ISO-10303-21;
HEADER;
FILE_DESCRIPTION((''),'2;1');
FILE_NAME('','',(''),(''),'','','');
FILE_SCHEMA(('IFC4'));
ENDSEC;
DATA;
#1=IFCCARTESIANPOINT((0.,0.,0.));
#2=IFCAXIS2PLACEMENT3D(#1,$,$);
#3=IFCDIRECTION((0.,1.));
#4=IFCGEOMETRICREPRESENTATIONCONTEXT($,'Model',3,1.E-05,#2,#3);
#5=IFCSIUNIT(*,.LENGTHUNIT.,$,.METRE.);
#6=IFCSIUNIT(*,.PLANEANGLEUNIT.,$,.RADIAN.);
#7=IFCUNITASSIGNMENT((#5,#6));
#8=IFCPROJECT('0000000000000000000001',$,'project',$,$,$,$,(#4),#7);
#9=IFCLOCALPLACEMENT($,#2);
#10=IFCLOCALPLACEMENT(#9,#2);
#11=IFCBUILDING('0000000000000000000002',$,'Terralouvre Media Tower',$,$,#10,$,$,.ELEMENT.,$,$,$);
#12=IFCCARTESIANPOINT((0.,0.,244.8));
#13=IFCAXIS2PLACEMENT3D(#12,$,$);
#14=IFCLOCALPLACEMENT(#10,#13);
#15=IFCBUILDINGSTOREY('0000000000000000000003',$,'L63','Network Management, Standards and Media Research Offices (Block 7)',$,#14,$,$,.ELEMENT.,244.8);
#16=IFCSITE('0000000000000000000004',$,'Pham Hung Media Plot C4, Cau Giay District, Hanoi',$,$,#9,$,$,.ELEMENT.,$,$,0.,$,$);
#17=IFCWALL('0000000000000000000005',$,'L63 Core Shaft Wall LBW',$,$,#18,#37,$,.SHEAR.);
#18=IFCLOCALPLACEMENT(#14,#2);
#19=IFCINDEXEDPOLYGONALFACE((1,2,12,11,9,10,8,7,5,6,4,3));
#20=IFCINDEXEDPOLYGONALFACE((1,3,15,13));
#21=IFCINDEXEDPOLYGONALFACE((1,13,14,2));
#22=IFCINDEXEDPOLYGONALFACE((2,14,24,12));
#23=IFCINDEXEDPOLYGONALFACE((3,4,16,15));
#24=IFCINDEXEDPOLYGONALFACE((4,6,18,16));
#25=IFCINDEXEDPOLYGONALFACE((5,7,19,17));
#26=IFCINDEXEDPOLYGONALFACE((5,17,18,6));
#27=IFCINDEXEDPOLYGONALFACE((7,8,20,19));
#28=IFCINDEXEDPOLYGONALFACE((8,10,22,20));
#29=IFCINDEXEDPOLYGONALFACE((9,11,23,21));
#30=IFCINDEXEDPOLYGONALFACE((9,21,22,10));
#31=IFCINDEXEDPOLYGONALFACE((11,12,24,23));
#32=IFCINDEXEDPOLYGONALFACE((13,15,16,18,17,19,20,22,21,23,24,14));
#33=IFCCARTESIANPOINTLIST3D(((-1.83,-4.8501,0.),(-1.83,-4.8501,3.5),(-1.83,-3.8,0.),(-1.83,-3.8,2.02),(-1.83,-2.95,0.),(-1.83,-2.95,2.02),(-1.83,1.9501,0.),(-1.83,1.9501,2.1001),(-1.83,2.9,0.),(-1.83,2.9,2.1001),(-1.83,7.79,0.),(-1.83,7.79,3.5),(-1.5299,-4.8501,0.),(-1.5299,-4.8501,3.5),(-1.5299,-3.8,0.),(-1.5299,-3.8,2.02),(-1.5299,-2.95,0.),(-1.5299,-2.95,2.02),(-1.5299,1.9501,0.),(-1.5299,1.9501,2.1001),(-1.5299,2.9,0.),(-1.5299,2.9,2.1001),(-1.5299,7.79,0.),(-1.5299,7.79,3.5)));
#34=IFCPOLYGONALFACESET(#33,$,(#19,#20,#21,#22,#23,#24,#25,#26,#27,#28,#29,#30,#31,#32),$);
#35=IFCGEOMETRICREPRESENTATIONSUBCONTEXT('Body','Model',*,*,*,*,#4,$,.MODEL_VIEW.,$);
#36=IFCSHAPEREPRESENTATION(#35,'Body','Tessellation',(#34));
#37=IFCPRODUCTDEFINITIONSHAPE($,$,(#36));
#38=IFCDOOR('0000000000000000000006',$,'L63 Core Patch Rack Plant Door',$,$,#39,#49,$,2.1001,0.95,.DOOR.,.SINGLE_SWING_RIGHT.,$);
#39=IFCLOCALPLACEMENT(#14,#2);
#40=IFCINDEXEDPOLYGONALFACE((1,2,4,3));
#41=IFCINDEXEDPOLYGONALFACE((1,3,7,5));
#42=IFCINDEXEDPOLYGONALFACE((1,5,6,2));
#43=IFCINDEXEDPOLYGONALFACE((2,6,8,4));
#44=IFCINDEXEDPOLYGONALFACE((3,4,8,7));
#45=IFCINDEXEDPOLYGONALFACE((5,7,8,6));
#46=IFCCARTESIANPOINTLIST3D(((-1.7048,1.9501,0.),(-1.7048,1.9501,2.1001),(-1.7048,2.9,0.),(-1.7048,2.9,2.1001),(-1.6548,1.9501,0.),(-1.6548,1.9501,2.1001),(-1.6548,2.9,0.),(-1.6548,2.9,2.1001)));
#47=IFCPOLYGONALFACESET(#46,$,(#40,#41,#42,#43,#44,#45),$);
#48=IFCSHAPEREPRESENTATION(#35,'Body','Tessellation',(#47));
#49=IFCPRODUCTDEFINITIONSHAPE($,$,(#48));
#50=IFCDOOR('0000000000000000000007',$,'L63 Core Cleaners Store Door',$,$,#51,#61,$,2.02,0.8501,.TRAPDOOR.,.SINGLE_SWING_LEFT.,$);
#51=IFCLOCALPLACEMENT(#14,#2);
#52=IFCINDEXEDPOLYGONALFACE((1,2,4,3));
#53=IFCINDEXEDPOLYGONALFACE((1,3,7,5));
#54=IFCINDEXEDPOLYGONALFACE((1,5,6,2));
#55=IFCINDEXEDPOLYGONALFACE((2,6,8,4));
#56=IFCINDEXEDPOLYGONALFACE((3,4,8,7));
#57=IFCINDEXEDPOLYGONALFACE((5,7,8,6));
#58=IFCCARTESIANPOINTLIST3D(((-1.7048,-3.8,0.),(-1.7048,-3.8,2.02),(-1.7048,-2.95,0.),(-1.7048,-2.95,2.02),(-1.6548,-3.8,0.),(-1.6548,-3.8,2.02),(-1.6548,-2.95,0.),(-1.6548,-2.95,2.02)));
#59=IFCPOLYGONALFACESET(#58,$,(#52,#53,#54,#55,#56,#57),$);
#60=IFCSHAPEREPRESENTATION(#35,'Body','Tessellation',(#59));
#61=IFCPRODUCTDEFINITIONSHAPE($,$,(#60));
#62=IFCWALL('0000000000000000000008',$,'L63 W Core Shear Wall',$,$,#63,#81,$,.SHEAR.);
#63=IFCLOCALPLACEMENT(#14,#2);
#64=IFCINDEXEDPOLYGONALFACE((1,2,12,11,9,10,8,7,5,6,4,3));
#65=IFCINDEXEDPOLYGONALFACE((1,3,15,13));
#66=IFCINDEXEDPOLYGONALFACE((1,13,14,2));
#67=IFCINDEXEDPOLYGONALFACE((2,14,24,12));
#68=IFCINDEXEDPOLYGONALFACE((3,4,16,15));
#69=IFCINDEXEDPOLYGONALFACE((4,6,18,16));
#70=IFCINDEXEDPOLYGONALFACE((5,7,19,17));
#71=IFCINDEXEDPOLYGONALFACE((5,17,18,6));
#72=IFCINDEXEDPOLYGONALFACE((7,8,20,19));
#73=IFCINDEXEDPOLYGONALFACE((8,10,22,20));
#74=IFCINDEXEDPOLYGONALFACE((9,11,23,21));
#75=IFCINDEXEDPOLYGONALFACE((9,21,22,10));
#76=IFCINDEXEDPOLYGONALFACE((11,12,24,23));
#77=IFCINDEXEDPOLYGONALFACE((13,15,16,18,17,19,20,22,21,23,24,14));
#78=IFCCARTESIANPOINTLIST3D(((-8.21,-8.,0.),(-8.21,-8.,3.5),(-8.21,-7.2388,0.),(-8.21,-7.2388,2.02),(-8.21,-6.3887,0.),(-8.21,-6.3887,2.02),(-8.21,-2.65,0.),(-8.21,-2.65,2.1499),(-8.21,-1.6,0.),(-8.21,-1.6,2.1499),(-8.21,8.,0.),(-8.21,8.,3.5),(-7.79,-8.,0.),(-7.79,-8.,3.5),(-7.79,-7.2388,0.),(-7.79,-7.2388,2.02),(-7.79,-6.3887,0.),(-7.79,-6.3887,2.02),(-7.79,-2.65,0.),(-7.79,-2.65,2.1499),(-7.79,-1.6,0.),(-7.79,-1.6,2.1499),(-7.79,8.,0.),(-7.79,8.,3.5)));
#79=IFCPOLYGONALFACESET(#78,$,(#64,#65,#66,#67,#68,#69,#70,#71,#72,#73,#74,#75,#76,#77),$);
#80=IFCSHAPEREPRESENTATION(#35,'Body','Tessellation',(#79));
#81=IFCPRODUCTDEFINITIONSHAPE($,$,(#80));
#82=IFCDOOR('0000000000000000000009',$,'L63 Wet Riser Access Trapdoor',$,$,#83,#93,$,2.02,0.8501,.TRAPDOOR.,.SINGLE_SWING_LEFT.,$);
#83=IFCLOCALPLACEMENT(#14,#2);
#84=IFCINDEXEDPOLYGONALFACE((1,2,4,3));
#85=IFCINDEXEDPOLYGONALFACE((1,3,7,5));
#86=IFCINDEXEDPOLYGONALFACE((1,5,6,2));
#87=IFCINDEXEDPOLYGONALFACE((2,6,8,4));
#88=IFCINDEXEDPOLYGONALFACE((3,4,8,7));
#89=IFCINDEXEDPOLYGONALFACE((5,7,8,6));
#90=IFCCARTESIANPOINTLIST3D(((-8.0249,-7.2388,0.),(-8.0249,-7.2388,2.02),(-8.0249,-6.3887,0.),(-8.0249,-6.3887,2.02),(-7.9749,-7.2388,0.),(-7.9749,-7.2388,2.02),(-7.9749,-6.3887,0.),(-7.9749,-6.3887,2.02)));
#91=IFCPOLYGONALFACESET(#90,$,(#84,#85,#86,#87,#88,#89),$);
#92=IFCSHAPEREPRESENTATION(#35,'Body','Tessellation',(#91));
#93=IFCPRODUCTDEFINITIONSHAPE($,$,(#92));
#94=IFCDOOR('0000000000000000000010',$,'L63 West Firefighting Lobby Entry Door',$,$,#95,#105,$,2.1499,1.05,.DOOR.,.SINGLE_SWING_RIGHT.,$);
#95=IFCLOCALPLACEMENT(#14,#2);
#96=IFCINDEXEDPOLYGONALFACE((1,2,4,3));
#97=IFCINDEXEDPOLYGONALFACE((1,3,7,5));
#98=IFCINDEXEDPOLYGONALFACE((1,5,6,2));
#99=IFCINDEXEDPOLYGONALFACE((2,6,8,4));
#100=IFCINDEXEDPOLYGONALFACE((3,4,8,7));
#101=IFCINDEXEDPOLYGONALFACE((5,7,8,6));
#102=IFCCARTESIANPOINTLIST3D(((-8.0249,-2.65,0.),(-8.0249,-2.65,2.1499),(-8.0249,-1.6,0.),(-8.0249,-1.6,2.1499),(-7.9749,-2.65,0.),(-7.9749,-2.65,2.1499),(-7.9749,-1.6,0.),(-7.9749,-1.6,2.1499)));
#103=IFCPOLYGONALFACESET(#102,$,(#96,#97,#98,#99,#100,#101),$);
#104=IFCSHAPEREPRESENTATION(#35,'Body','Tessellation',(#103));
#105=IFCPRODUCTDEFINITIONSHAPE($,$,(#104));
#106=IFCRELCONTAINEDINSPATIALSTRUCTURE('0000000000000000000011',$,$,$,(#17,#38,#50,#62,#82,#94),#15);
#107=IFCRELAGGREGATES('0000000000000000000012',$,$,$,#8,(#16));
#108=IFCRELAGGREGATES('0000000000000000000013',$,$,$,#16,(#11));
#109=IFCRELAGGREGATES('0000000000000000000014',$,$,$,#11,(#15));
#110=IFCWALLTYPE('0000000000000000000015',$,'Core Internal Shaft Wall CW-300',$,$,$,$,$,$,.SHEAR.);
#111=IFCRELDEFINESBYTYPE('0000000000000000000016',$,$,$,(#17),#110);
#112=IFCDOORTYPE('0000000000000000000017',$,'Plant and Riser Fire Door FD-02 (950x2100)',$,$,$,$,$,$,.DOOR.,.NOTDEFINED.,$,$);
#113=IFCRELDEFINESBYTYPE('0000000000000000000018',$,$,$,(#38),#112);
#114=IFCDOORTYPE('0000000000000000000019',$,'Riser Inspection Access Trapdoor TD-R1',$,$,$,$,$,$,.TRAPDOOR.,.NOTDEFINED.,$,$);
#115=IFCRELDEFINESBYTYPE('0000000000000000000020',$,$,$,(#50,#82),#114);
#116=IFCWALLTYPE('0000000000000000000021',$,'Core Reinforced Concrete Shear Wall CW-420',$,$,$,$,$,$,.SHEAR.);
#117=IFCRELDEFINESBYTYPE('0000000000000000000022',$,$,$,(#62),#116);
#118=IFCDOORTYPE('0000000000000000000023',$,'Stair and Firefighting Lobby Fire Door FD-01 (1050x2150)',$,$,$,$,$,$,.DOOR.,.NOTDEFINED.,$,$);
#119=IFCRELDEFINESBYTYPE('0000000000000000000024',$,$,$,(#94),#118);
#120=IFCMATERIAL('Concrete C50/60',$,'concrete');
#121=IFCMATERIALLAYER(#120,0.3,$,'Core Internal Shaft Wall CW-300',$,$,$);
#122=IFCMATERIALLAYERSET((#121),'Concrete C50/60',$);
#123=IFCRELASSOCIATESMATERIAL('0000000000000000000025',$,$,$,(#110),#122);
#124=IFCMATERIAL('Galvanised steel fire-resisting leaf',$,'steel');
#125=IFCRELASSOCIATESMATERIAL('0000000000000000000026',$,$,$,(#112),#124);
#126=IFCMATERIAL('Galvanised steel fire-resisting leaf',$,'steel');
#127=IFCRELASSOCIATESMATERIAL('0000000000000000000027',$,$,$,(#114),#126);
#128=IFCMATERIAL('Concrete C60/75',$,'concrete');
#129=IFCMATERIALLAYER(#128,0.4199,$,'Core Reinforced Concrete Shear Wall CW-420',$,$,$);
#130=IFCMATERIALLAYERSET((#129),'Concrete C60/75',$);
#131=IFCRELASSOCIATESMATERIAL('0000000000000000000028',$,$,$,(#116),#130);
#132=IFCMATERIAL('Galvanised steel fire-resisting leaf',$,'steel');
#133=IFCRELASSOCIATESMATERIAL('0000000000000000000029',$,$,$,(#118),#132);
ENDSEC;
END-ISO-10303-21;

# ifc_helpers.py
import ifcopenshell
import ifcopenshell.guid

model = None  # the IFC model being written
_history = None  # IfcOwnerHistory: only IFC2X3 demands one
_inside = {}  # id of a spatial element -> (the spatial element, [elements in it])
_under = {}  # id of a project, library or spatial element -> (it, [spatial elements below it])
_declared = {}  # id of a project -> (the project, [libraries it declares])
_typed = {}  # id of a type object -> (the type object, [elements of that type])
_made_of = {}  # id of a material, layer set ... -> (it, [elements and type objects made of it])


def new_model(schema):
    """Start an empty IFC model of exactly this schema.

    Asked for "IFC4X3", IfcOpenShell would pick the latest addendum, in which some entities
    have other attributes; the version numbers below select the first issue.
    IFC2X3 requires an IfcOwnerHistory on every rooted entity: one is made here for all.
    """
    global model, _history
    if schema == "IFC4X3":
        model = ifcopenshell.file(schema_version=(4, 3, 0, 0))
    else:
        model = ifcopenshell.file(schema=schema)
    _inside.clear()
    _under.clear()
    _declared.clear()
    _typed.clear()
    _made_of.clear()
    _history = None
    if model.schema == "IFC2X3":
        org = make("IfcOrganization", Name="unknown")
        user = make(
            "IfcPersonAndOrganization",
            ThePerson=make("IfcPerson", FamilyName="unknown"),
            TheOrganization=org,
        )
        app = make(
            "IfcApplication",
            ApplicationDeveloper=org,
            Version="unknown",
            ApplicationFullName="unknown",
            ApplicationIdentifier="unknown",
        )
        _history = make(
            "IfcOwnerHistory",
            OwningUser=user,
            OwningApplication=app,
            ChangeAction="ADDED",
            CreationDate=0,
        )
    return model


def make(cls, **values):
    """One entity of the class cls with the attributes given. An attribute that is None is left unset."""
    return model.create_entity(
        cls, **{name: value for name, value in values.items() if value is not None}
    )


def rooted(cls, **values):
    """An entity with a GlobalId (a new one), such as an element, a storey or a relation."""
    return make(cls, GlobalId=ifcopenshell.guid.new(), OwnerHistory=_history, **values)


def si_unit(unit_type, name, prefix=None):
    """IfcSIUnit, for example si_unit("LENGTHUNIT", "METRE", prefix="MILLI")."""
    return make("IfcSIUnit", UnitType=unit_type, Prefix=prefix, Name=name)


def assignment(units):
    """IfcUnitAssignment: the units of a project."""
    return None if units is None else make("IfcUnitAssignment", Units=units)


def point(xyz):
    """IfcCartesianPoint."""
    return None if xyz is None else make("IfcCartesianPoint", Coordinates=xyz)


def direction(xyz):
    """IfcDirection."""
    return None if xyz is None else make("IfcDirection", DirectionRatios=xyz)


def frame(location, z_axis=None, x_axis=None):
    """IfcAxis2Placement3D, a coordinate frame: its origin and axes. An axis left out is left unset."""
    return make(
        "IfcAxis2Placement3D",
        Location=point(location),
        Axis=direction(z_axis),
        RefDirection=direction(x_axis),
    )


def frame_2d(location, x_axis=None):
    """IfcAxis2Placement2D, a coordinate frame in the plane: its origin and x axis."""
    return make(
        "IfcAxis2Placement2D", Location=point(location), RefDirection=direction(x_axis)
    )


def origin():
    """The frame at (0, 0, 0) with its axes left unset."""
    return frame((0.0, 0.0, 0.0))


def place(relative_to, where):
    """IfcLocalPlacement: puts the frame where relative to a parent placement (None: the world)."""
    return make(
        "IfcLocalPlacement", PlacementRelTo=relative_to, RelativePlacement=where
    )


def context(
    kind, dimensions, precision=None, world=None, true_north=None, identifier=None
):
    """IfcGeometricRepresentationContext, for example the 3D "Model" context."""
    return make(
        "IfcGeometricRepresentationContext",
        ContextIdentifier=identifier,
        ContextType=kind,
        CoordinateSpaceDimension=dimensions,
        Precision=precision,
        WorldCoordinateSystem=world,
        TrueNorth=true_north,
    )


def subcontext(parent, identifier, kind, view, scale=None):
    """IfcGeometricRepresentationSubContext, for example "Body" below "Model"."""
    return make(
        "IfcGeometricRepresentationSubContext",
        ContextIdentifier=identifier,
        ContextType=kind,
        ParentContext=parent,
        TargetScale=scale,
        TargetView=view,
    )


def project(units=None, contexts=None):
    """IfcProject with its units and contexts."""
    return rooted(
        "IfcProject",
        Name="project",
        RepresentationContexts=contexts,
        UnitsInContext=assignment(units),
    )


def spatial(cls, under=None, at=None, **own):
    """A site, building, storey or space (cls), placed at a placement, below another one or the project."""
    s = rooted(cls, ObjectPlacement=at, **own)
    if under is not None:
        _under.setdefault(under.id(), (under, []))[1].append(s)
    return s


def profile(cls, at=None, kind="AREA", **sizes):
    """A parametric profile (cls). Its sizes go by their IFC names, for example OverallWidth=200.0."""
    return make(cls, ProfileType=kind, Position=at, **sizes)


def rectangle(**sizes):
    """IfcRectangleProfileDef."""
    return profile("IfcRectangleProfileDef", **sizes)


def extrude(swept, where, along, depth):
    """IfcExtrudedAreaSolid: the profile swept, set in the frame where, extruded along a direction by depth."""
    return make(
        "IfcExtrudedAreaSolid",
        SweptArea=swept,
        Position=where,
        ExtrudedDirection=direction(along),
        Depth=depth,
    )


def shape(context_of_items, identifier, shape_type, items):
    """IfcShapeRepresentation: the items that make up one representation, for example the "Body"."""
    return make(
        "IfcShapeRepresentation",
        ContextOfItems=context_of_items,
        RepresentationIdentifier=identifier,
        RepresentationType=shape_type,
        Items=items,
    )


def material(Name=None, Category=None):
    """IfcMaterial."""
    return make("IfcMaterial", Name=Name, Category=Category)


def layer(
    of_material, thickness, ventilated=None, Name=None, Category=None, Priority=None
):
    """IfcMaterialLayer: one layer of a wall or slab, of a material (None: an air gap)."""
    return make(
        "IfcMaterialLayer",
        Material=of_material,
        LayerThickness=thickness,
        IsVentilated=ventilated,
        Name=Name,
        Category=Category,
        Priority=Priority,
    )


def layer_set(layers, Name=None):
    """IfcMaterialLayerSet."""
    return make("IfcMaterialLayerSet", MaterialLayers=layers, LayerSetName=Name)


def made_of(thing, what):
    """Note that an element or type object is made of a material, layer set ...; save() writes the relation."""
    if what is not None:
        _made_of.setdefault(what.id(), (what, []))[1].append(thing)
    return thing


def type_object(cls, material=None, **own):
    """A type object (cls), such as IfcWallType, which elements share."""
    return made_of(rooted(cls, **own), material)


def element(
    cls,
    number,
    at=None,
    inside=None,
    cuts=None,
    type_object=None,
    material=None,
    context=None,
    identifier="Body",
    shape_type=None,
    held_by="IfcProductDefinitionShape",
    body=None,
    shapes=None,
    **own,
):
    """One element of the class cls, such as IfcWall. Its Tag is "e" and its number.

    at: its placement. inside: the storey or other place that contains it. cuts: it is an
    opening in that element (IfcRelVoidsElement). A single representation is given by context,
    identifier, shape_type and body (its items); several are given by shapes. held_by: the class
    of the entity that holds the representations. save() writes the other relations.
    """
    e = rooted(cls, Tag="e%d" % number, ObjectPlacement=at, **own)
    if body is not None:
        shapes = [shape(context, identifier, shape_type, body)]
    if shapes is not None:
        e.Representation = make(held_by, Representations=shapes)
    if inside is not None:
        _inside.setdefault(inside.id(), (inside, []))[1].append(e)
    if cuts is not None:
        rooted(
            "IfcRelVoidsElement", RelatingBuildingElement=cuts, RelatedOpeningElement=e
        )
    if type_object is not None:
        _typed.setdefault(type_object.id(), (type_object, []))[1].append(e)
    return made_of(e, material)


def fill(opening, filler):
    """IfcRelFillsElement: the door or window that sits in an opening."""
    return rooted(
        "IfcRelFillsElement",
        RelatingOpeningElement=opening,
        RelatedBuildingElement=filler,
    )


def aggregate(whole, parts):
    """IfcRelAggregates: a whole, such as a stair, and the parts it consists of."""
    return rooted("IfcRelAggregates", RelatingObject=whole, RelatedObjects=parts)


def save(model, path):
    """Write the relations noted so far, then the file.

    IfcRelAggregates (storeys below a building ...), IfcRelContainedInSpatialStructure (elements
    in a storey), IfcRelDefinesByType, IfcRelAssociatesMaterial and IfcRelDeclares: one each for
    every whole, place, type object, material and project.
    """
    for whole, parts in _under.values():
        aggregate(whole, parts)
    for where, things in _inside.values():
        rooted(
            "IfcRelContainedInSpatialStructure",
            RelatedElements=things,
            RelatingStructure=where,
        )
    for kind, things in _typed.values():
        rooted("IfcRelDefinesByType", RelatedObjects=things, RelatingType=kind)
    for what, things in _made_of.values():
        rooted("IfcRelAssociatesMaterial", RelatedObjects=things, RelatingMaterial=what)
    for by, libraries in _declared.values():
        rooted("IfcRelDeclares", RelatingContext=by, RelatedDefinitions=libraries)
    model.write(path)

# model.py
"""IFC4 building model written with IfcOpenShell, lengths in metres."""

from ifc_helpers import new_model, si_unit, direction, frame, frame_2d, origin, place, context, subcontext, project, spatial, rectangle, extrude, material, layer, layer_set, type_object, element, fill, save


model = new_model("IFC4")

# Units and contexts
model_context = context("Model", 3, precision=1e-05, world=origin(), true_north=direction((0.0, 1.0)))
body_context = subcontext(model_context, "Body", "Model", "MODEL_VIEW")
ifc_project = project(units=[si_unit("LENGTHUNIT", "METRE"), si_unit("PLANEANGLEUNIT", "RADIAN")], contexts=[model_context])

# Site, building, storey
site_placement = place(None, origin())
site = spatial("IfcSite", under=ifc_project, at=site_placement, Name="Pham Hung Media Plot C4, Cau Giay District, Hanoi", CompositionType="ELEMENT", RefElevation=0.0)
building_placement = place(site_placement, origin())
building = spatial("IfcBuilding", under=site, at=building_placement, Name="Terralouvre Media Tower", CompositionType="ELEMENT")
storey_placement = place(building_placement, frame((0.0, 0.0, 244.8)))
storey = spatial("IfcBuildingStorey", under=building, at=storey_placement, Name="L63", Description="Network Management, Standards and Media Research Offices (Block 7)", CompositionType="ELEMENT", Elevation=244.8)

# Shared definitions
ifc_material_1 = material(Name="Concrete C50/60", Category="concrete")
ifc_layer_1 = layer(ifc_material_1, 0.3, Name="Core Internal Shaft Wall CW-300")
ifc_layer_set_1 = layer_set([ifc_layer_1], Name="Concrete C50/60")
wall_type_1 = type_object("IfcWallType", Name="Core Internal Shaft Wall CW-300", PredefinedType="SHEAR", material=ifc_layer_set_1)

# Walls, openings, doors
wall_1_placement = place(storey_placement, frame((-1.6799, -4.8501, 0.0), z_axis=(0.0, 0.0, 1.0), x_axis=(0.0, 1.0, 0.0)))
wall_1 = element("IfcWall", 1, at=wall_1_placement, inside=storey, type_object=wall_type_1, Name="L63 Core Shaft Wall LBW", PredefinedType="SHEAR", context=body_context, shape_type="SweptSolid", body=[
    extrude(rectangle(XDim=12.6401, YDim=0.3, at=frame_2d((6.3201, 0.0))), origin(), (0.0, 0.0, 1.0), 3.5),
])
opening_1_placement = place(wall_1_placement, frame((1.05, 0.0, 0.0)))
opening_1 = element("IfcOpeningElement", 2, at=opening_1_placement, cuts=wall_1, PredefinedType="OPENING", context=body_context, shape_type="SweptSolid", body=[
    extrude(rectangle(XDim=0.8501, YDim=2.02, at=frame_2d((0.425, 1.01))), frame((0.0, 0.1599, 0.0), z_axis=(0.0, -1.0, 0.0), x_axis=(1.0, 0.0, 0.0)), (0.0, 0.0, 1.0), 0.3201),
])
opening_2_placement = place(wall_1_placement, frame((6.8, 0.0, 0.0)))
opening_2 = element("IfcOpeningElement", 3, at=opening_2_placement, cuts=wall_1, PredefinedType="OPENING", context=body_context, shape_type="SweptSolid", body=[
    extrude(rectangle(XDim=0.95, YDim=2.1001, at=frame_2d((0.4751, 1.05))), frame((0.0, 0.1599, 0.0), z_axis=(0.0, -1.0, 0.0), x_axis=(1.0, 0.0, 0.0)), (0.0, 0.0, 1.0), 0.3201),
])
ifc_material_2 = material(Name="Galvanised steel fire-resisting leaf", Category="steel")
door_type_1 = type_object("IfcDoorType", Name="Plant and Riser Fire Door FD-02 (950x2100)", OperationType="NOTDEFINED", PredefinedType="DOOR", material=ifc_material_2)
door_1_placement = place(opening_2_placement, origin())
door_1 = element("IfcDoor", 4, at=door_1_placement, inside=storey, type_object=door_type_1, Name="L63 Core Patch Rack Plant Door", OperationType="SINGLE_SWING_RIGHT", OverallHeight=2.1001, OverallWidth=0.95, PredefinedType="DOOR", context=body_context, shape_type="SweptSolid", body=[
    extrude(rectangle(XDim=0.95, YDim=2.1001, at=frame_2d((0.4751, 1.05))), frame((0.0, 0.0249, 0.0), z_axis=(0.0, -1.0, 0.0), x_axis=(1.0, 0.0, 0.0)), (0.0, 0.0, 1.0), 0.05),
])
fill(opening_2, door_1)
ifc_material_3 = material(Name="Galvanised steel fire-resisting leaf", Category="steel")
door_type_2 = type_object("IfcDoorType", Name="Riser Inspection Access Trapdoor TD-R1", OperationType="NOTDEFINED", PredefinedType="TRAPDOOR", material=ifc_material_3)
door_2_placement = place(opening_1_placement, origin())
door_2 = element("IfcDoor", 5, at=door_2_placement, inside=storey, type_object=door_type_2, Name="L63 Core Cleaners Store Door", OperationType="SINGLE_SWING_LEFT", OverallHeight=2.02, OverallWidth=0.8501, PredefinedType="TRAPDOOR", context=body_context, shape_type="SweptSolid", body=[
    extrude(rectangle(XDim=0.8501, YDim=2.02, at=frame_2d((0.425, 1.01))), frame((0.0, 0.0249, 0.0), z_axis=(0.0, -1.0, 0.0), x_axis=(1.0, 0.0, 0.0)), (0.0, 0.0, 1.0), 0.05),
])
fill(opening_1, door_2)
ifc_material_4 = material(Name="Concrete C60/75", Category="concrete")
ifc_layer_2 = layer(ifc_material_4, 0.4199, Name="Core Reinforced Concrete Shear Wall CW-420")
ifc_layer_set_2 = layer_set([ifc_layer_2], Name="Concrete C60/75")
wall_type_2 = type_object("IfcWallType", Name="Core Reinforced Concrete Shear Wall CW-420", PredefinedType="SHEAR", material=ifc_layer_set_2)
wall_2_placement = place(storey_placement, frame((-8.0, -8.0, 0.0), z_axis=(0.0, 0.0, 1.0), x_axis=(0.0, 1.0, 0.0)))
wall_2 = element("IfcWall", 6, at=wall_2_placement, inside=storey, type_object=wall_type_2, Name="L63 W Core Shear Wall", PredefinedType="SHEAR", context=body_context, shape_type="SweptSolid", body=[
    extrude(rectangle(XDim=16.0, YDim=0.4199, at=frame_2d((8.0, 0.0))), origin(), (0.0, 0.0, 1.0), 3.5),
])
opening_3_placement = place(wall_2_placement, frame((0.7612, 0.0, 0.0)))
opening_3 = element("IfcOpeningElement", 7, at=opening_3_placement, cuts=wall_2, PredefinedType="OPENING", context=body_context, shape_type="SweptSolid", body=[
    extrude(rectangle(XDim=0.8501, YDim=2.02, at=frame_2d((0.425, 1.01))), frame((0.0, 0.22, 0.0), z_axis=(0.0, -1.0, 0.0), x_axis=(1.0, 0.0, 0.0)), (0.0, 0.0, 1.0), 0.4399),
])
opening_4_placement = place(wall_2_placement, frame((5.3501, 0.0, 0.0)))
opening_4 = element("IfcOpeningElement", 8, at=opening_4_placement, cuts=wall_2, PredefinedType="OPENING", context=body_context, shape_type="SweptSolid", body=[
    extrude(rectangle(XDim=1.05, YDim=2.1499, at=frame_2d((0.5249, 1.075))), frame((0.0, 0.22, 0.0), z_axis=(0.0, -1.0, 0.0), x_axis=(1.0, 0.0, 0.0)), (0.0, 0.0, 1.0), 0.4399),
])
door_3_placement = place(opening_3_placement, origin())
door_3 = element("IfcDoor", 9, at=door_3_placement, inside=storey, type_object=door_type_2, Name="L63 Wet Riser Access Trapdoor", OperationType="SINGLE_SWING_LEFT", OverallHeight=2.02, OverallWidth=0.8501, PredefinedType="TRAPDOOR", context=body_context, shape_type="SweptSolid", body=[
    extrude(rectangle(XDim=0.8501, YDim=2.02, at=frame_2d((0.425, 1.01))), frame((0.0, 0.0249, 0.0), z_axis=(0.0, -1.0, 0.0), x_axis=(1.0, 0.0, 0.0)), (0.0, 0.0, 1.0), 0.05),
])
fill(opening_3, door_3)
ifc_material_5 = material(Name="Galvanised steel fire-resisting leaf", Category="steel")
door_type_3 = type_object("IfcDoorType", Name="Stair and Firefighting Lobby Fire Door FD-01 (1050x2150)", OperationType="NOTDEFINED", PredefinedType="DOOR", material=ifc_material_5)
door_4_placement = place(opening_4_placement, origin())
door_4 = element("IfcDoor", 10, at=door_4_placement, inside=storey, type_object=door_type_3, Name="L63 West Firefighting Lobby Entry Door", OperationType="SINGLE_SWING_RIGHT", OverallHeight=2.1499, OverallWidth=1.05, PredefinedType="DOOR", context=body_context, shape_type="SweptSolid", body=[
    extrude(rectangle(XDim=1.05, YDim=2.1499, at=frame_2d((0.5249, 1.075))), frame((0.0, 0.0249, 0.0), z_axis=(0.0, -1.0, 0.0), x_axis=(1.0, 0.0, 0.0)), (0.0, 0.0, 1.0), 0.05),
])
fill(opening_4, door_4)

save(model, "model.ifc")
